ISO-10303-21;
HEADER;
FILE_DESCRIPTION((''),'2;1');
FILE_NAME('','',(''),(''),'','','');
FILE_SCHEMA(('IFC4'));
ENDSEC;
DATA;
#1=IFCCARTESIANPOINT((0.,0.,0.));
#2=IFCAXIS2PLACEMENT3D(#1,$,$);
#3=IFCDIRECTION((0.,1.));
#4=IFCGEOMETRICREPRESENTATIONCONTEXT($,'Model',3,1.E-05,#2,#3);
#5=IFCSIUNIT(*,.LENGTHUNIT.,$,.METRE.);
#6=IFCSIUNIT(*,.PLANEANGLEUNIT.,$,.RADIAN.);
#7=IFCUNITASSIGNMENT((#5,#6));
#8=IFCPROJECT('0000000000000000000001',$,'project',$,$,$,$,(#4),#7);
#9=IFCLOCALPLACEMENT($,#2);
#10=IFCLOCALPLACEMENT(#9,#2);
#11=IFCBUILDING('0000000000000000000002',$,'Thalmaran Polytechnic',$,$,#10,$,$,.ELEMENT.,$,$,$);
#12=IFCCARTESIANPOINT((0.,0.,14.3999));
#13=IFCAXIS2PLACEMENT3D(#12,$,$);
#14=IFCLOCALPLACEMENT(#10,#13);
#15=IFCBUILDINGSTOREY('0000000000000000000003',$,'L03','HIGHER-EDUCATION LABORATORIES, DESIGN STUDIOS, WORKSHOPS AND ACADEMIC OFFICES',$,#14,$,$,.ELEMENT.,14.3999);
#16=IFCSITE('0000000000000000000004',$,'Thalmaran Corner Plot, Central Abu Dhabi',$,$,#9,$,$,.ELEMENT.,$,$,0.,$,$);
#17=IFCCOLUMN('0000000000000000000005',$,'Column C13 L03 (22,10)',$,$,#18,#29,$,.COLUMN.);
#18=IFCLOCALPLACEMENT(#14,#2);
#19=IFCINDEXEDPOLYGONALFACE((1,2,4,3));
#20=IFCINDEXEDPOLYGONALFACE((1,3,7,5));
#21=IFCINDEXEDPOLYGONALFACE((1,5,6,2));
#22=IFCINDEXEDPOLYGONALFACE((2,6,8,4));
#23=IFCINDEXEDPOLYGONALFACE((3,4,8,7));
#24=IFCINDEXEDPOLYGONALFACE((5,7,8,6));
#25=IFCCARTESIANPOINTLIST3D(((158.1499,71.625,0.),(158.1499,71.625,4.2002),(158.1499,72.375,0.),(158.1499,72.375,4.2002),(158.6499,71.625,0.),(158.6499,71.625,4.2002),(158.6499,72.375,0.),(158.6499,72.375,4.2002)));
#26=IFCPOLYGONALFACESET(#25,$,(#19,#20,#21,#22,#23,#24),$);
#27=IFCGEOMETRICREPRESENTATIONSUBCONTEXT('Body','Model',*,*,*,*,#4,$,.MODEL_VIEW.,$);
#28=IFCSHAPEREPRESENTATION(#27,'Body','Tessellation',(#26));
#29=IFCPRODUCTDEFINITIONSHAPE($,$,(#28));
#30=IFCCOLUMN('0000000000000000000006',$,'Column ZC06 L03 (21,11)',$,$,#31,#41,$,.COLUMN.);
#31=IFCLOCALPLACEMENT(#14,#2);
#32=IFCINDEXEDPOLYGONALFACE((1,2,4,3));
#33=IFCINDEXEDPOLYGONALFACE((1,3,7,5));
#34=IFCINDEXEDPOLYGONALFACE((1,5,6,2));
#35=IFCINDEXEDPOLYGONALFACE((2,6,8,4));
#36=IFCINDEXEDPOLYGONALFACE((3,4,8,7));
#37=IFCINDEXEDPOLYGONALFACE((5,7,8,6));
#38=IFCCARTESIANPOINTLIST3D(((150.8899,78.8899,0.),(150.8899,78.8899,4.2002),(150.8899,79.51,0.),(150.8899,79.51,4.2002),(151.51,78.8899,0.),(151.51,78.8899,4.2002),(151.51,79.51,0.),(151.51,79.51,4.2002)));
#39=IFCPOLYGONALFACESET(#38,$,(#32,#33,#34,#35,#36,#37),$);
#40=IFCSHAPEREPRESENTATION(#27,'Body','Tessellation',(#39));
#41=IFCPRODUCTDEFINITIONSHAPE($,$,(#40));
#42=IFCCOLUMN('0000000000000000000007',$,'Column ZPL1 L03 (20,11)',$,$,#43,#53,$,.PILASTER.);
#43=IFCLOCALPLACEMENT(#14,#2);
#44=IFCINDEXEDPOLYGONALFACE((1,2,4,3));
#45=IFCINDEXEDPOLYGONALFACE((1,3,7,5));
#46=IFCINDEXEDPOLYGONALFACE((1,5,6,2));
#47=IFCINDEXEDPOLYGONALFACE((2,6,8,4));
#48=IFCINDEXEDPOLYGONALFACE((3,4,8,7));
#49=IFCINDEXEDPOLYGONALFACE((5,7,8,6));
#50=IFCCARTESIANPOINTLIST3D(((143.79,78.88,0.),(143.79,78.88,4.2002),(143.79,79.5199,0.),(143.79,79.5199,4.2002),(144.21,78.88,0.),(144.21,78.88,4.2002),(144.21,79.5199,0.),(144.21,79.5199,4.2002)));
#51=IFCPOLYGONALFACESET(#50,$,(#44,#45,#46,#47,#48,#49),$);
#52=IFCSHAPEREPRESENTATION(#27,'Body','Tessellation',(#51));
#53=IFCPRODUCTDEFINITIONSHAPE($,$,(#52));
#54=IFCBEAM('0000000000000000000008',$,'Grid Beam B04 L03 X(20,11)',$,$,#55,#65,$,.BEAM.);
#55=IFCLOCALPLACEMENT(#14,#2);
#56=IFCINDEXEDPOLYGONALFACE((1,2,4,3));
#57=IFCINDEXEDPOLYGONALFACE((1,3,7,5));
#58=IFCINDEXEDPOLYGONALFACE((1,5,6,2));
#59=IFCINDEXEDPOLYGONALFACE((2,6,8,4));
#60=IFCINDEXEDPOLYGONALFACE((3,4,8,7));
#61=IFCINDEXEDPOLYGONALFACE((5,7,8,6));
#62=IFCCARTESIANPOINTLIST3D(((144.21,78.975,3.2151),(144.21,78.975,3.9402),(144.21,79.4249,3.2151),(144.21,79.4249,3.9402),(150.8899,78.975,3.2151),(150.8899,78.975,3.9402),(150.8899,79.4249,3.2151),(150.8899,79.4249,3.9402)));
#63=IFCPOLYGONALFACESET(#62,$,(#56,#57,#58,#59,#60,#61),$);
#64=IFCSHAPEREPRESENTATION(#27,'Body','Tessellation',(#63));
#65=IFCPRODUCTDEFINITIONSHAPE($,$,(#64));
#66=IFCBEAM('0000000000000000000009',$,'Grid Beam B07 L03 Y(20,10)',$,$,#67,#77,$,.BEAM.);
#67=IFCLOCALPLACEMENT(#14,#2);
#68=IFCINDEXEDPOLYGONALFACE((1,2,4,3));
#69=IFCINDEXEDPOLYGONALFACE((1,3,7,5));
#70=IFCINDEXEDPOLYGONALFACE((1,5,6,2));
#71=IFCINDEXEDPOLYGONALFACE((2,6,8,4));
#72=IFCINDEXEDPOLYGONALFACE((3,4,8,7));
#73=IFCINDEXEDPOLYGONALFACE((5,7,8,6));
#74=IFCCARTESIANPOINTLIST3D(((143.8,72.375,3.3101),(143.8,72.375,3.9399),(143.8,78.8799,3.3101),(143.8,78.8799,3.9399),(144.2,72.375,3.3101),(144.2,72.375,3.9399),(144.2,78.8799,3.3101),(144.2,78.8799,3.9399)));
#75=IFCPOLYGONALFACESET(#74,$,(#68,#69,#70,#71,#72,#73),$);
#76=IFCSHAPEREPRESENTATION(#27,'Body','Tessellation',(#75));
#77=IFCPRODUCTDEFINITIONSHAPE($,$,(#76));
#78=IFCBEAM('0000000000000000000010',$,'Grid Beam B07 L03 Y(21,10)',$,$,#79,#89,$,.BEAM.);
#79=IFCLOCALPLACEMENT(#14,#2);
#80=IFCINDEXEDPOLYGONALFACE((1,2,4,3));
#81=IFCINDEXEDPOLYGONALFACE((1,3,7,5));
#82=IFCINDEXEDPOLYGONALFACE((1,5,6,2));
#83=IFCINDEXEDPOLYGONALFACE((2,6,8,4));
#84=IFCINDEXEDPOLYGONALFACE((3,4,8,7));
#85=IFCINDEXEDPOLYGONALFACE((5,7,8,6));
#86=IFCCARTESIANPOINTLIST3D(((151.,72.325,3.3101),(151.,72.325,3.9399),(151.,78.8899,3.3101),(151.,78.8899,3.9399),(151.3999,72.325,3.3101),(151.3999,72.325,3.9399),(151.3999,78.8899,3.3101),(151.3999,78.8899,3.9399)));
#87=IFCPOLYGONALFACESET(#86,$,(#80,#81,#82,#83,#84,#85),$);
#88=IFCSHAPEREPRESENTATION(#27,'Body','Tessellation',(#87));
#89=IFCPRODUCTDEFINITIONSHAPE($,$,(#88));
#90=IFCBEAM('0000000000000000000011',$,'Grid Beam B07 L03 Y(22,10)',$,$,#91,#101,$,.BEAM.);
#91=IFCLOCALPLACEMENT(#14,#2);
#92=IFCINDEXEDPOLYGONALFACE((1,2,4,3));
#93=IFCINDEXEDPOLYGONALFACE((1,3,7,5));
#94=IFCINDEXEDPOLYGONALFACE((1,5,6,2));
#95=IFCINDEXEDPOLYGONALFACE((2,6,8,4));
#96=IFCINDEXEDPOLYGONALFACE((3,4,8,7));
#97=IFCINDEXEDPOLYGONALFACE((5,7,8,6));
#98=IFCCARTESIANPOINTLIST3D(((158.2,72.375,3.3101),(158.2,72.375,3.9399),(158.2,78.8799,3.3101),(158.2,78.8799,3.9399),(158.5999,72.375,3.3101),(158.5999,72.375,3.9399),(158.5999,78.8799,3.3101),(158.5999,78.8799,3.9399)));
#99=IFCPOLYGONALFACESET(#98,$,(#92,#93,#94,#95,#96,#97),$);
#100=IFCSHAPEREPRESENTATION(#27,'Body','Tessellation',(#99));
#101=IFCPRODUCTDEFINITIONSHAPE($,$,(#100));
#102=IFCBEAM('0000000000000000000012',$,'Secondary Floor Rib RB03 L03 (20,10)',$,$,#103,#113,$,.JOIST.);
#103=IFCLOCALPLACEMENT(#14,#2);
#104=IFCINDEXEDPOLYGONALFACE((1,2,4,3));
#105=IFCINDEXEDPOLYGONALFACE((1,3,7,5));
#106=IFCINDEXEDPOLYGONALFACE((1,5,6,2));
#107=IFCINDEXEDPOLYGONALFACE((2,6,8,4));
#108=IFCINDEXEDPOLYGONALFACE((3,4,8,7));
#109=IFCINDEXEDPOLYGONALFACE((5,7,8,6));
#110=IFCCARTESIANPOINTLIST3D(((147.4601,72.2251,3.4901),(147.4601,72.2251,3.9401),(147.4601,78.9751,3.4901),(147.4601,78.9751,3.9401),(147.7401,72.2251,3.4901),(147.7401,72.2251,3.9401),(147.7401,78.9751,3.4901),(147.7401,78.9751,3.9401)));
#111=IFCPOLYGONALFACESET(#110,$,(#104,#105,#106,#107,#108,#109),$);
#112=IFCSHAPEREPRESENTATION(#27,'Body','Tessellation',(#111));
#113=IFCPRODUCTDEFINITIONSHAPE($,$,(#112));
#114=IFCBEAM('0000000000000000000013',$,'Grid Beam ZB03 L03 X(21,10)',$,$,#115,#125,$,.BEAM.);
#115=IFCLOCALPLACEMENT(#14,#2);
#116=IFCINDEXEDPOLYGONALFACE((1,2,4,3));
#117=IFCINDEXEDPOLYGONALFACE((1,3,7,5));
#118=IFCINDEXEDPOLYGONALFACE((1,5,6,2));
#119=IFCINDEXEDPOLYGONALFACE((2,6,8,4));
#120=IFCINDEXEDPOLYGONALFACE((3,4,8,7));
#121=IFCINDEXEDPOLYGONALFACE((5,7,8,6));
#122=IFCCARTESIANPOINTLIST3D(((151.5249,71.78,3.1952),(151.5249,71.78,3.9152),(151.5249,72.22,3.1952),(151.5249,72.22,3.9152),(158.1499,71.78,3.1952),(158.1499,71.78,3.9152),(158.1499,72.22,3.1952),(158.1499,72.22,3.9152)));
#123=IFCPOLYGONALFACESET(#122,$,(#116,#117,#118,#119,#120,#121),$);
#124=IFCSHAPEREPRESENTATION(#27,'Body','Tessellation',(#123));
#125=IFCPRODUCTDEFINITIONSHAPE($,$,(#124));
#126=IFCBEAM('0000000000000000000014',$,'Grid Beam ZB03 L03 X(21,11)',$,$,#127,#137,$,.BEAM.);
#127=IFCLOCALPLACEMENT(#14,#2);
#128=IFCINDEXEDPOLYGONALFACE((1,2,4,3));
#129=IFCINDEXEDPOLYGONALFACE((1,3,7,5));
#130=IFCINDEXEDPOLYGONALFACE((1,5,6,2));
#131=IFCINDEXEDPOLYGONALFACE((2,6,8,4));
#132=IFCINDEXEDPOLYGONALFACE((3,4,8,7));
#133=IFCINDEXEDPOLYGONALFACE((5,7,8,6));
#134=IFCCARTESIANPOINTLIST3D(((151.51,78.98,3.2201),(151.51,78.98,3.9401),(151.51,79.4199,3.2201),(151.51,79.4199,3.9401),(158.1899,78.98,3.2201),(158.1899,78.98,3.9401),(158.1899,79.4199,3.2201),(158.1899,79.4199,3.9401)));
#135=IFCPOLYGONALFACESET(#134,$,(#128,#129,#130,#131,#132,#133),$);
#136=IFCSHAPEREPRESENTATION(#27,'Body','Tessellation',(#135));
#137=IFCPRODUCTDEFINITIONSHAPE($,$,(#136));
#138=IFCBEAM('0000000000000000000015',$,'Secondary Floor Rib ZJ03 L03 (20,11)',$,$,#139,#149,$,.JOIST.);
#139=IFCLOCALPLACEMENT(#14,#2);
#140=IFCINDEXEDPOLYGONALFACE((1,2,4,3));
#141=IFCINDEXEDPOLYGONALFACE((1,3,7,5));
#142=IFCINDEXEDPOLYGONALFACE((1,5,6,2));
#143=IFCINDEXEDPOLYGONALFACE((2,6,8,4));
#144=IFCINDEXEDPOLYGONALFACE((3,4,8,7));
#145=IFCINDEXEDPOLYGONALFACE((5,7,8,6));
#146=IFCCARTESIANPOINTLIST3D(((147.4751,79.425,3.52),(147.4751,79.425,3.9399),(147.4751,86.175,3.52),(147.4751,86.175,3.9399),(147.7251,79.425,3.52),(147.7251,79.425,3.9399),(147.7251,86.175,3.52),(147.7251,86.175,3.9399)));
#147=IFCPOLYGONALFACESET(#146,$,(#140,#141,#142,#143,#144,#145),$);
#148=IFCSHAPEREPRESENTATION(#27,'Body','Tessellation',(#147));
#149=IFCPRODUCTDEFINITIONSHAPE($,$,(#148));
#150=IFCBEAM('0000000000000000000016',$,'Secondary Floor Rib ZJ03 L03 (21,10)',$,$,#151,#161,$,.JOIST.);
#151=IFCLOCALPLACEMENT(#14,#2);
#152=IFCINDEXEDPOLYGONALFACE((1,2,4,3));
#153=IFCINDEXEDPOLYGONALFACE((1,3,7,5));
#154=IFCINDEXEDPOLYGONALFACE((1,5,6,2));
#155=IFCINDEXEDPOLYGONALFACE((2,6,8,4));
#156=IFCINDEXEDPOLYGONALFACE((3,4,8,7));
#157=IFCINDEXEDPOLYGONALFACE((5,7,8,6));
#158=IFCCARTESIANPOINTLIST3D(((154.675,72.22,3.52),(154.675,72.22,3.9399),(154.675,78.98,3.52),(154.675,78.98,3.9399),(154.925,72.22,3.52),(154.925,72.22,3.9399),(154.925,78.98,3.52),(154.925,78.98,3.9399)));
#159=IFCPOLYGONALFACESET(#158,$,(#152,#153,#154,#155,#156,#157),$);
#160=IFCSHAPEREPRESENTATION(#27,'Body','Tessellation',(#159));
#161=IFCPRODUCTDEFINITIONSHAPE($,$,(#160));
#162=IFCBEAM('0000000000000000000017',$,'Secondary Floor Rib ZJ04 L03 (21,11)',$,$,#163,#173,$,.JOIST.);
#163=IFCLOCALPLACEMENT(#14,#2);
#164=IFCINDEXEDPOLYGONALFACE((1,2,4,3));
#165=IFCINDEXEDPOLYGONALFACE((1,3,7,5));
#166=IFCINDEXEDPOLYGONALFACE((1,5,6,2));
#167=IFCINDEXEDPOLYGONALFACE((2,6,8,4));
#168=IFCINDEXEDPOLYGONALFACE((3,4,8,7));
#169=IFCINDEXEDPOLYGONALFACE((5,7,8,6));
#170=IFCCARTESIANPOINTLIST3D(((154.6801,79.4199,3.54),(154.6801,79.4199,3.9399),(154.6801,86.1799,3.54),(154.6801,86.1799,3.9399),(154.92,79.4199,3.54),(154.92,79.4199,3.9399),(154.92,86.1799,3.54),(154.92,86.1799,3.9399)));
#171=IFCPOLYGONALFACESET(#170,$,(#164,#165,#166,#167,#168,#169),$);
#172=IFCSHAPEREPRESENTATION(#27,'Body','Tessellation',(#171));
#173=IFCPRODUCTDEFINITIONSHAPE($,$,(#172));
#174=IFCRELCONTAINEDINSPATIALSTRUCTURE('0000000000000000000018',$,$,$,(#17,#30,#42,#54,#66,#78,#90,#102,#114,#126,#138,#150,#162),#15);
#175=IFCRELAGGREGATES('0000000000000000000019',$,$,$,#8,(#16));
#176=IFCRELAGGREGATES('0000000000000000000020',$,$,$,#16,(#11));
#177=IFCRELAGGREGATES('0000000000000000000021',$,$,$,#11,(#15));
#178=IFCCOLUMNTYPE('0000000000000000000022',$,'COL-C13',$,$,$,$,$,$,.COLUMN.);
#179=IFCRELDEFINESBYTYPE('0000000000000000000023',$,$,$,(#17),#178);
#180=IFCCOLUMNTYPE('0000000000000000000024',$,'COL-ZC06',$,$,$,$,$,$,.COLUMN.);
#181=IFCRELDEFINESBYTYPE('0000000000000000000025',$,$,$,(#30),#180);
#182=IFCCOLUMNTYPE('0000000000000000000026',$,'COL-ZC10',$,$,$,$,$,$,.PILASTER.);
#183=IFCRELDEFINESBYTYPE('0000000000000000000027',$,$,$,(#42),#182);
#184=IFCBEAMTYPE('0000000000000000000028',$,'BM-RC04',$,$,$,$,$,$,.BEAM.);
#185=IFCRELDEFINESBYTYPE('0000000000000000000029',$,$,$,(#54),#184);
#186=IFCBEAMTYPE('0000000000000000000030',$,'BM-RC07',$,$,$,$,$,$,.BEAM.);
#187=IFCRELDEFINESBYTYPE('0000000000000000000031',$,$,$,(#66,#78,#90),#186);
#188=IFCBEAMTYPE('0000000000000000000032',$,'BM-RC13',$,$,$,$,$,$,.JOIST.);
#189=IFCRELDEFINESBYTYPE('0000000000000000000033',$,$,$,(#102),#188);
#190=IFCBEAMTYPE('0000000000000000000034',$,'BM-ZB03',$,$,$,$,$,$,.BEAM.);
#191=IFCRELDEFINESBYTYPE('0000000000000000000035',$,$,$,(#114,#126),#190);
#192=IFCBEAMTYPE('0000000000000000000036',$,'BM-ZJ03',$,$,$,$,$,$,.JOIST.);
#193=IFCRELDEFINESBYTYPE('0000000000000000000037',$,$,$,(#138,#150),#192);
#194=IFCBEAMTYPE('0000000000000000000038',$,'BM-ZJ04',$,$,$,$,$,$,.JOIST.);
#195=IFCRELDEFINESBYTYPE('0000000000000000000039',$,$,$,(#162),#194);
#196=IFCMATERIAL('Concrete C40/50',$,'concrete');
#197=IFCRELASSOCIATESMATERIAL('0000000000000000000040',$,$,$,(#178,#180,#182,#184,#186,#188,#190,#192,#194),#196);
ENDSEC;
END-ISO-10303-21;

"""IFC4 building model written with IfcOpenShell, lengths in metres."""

from ifc_helpers import new_model, si_unit, direction, frame, origin, origin_2d, place, context, subcontext, project, spatial, rectangle, extrude, material, material_profile, profile_set, type_object, element, save


model = new_model("IFC4")

# Units and contexts
model_context = context("Model", 3, precision=1e-05, world=origin(), true_north=direction((0.0, 1.0)))
body_context = subcontext(model_context, "Body", "Model", "MODEL_VIEW")
ifc_project = project(units=[si_unit("LENGTHUNIT", "METRE"), si_unit("PLANEANGLEUNIT", "RADIAN")], contexts=[model_context])

# Site, building, storey
site_placement = place(None, origin())
site = spatial("IfcSite", under=ifc_project, at=site_placement, Name="Thalmaran Corner Plot, Central Abu Dhabi", CompositionType="ELEMENT", RefElevation=0.0)
building_placement = place(site_placement, origin())
building = spatial("IfcBuilding", under=site, at=building_placement, Name="Thalmaran Polytechnic", CompositionType="ELEMENT")
storey_placement = place(building_placement, frame((0.0, 0.0, 14.3999)))
storey = spatial("IfcBuildingStorey", under=building, at=storey_placement, Name="L03", Description="HIGHER-EDUCATION LABORATORIES, DESIGN STUDIOS, WORKSHOPS AND ACADEMIC OFFICES", CompositionType="ELEMENT", Elevation=14.3999)

# Columns
ifc_material_1 = material(Name="Concrete C40/50", Category="concrete")
ifc_material_profile_1 = material_profile(ifc_material_1, rectangle(XDim=0.5, YDim=0.75, at=origin_2d()), Name="RC 500x750")
ifc_profile_set_1 = profile_set([ifc_material_profile_1], Name="Concrete C40/50")
column_type_1 = type_object("IfcColumnType", Name="COL-C13", PredefinedType="COLUMN", material=ifc_profile_set_1)
column_1_placement = place(storey_placement, frame((158.3999, 72.0, 0.0), z_axis=(0.0, 0.0, 1.0), x_axis=(1.0, 0.0, 0.0)))
element("IfcColumn", 1, at=column_1_placement, inside=storey, type_object=column_type_1, Name="Column C13 L03 (22,10)", PredefinedType="COLUMN", context=body_context, shape_type="SweptSolid", body=[
    extrude(rectangle(XDim=0.5, YDim=0.75, at=origin_2d()), origin(), (0.0, 0.0, 1.0), 4.2002),
])
ifc_material_profile_2 = material_profile(ifc_material_1, rectangle(XDim=0.6201, YDim=0.6201, at=origin_2d()), Name="RC 620x620")
ifc_profile_set_2 = profile_set([ifc_material_profile_2], Name="Concrete C40/50")
column_type_2 = type_object("IfcColumnType", Name="COL-ZC06", PredefinedType="COLUMN", material=ifc_profile_set_2)
column_2_placement = place(storey_placement, frame((151.2, 79.2, 0.0), z_axis=(0.0, 0.0, 1.0), x_axis=(1.0, 0.0, 0.0)))
element("IfcColumn", 2, at=column_2_placement, inside=storey, type_object=column_type_2, Name="Column ZC06 L03 (21,11)", PredefinedType="COLUMN", context=body_context, shape_type="SweptSolid", body=[
    extrude(rectangle(XDim=0.6201, YDim=0.6201, at=origin_2d()), origin(), (0.0, 0.0, 1.0), 4.2002),
])
ifc_material_profile_3 = material_profile(ifc_material_1, rectangle(XDim=0.4199, YDim=0.6399, at=origin_2d()), Name="RC 420x640")
ifc_profile_set_3 = profile_set([ifc_material_profile_3], Name="Concrete C40/50")
column_type_3 = type_object("IfcColumnType", Name="COL-ZC10", PredefinedType="PILASTER", material=ifc_profile_set_3)
column_3_placement = place(storey_placement, frame((144.0, 79.2, 0.0), z_axis=(0.0, 0.0, 1.0), x_axis=(1.0, 0.0, 0.0)))
element("IfcColumn", 3, at=column_3_placement, inside=storey, type_object=column_type_3, Name="Column ZPL1 L03 (20,11)", PredefinedType="PILASTER", context=body_context, shape_type="SweptSolid", body=[
    extrude(rectangle(XDim=0.4199, YDim=0.6399, at=origin_2d()), origin(), (0.0, 0.0, 1.0), 4.2002),
])

# Beams
ifc_material_profile_4 = material_profile(ifc_material_1, rectangle(XDim=0.45, YDim=0.7251, at=origin_2d()), Name="RC 450x725")
ifc_profile_set_4 = profile_set([ifc_material_profile_4], Name="Concrete C40/50")
beam_type_1 = type_object("IfcBeamType", Name="BM-RC04", PredefinedType="BEAM", material=ifc_profile_set_4)
beam_1_placement = place(storey_placement, frame((144.21, 79.2, 3.5776), z_axis=(1.0, 0.0, 0.0), x_axis=(0.0, 1.0, 0.0)))
element("IfcBeam", 4, at=beam_1_placement, inside=storey, type_object=beam_type_1, Name="Grid Beam B04 L03 X(20,11)", PredefinedType="BEAM", context=body_context, shape_type="SweptSolid", body=[
    extrude(rectangle(XDim=0.45, YDim=0.7251, at=origin_2d()), origin(), (0.0, 0.0, 1.0), 6.6799),
])
ifc_material_profile_5 = material_profile(ifc_material_1, rectangle(XDim=0.3999, YDim=0.6299, at=origin_2d()), Name="RC 400x630")
ifc_profile_set_5 = profile_set([ifc_material_profile_5], Name="Concrete C40/50")
beam_type_2 = type_object("IfcBeamType", Name="BM-RC07", PredefinedType="BEAM", material=ifc_profile_set_5)
beam_2_placement = place(storey_placement, frame((144.0, 72.375, 3.625), z_axis=(0.0, 1.0, 0.0), x_axis=(-1.0, 0.0, 0.0)))
element("IfcBeam", 5, at=beam_2_placement, inside=storey, type_object=beam_type_2, Name="Grid Beam B07 L03 Y(20,10)", PredefinedType="BEAM", context=body_context, shape_type="SweptSolid", body=[
    extrude(rectangle(XDim=0.3999, YDim=0.6299, at=origin_2d()), origin(), (0.0, 0.0, 1.0), 6.5049),
])
beam_3_placement = place(storey_placement, frame((151.2, 72.325, 3.625), z_axis=(0.0, 1.0, 0.0), x_axis=(-1.0, 0.0, 0.0)))
element("IfcBeam", 6, at=beam_3_placement, inside=storey, type_object=beam_type_2, Name="Grid Beam B07 L03 Y(21,10)", PredefinedType="BEAM", context=body_context, shape_type="SweptSolid", body=[
    extrude(rectangle(XDim=0.3999, YDim=0.6299, at=origin_2d()), origin(), (0.0, 0.0, 1.0), 6.5649),
])
beam_4_placement = place(storey_placement, frame((158.3999, 72.375, 3.625), z_axis=(0.0, 1.0, 0.0), x_axis=(-1.0, 0.0, 0.0)))
element("IfcBeam", 7, at=beam_4_placement, inside=storey, type_object=beam_type_2, Name="Grid Beam B07 L03 Y(22,10)", PredefinedType="BEAM", context=body_context, shape_type="SweptSolid", body=[
    extrude(rectangle(XDim=0.3999, YDim=0.6299, at=origin_2d()), origin(), (0.0, 0.0, 1.0), 6.5049),
])
ifc_material_profile_6 = material_profile(ifc_material_1, rectangle(XDim=0.28, YDim=0.45, at=origin_2d()), Name="RC 280x450")
ifc_profile_set_6 = profile_set([ifc_material_profile_6], Name="Concrete C40/50")
beam_type_3 = type_object("IfcBeamType", Name="BM-RC13", PredefinedType="JOIST", material=ifc_profile_set_6)
beam_5_placement = place(storey_placement, frame((147.6001, 72.2251, 3.7151), z_axis=(0.0, 1.0, 0.0), x_axis=(-1.0, 0.0, 0.0)))
element("IfcBeam", 8, at=beam_5_placement, inside=storey, type_object=beam_type_3, Name="Secondary Floor Rib RB03 L03 (20,10)", PredefinedType="JOIST", context=body_context, shape_type="SweptSolid", body=[
    extrude(rectangle(XDim=0.28, YDim=0.45, at=origin_2d()), origin(), (0.0, 0.0, 1.0), 6.75),
])
ifc_material_profile_7 = material_profile(ifc_material_1, rectangle(XDim=0.4399, YDim=0.72, at=origin_2d()), Name="RC 440x720")
ifc_profile_set_7 = profile_set([ifc_material_profile_7], Name="Concrete C40/50")
beam_type_4 = type_object("IfcBeamType", Name="BM-ZB03", PredefinedType="BEAM", material=ifc_profile_set_7)
beam_6_placement = place(storey_placement, frame((151.5249, 72.0, 3.5552), z_axis=(1.0, 0.0, 0.0), x_axis=(0.0, 1.0, 0.0)))
element("IfcBeam", 9, at=beam_6_placement, inside=storey, type_object=beam_type_4, Name="Grid Beam ZB03 L03 X(21,10)", PredefinedType="BEAM", context=body_context, shape_type="SweptSolid", body=[
    extrude(rectangle(XDim=0.4399, YDim=0.72, at=origin_2d()), origin(), (0.0, 0.0, 1.0), 6.625),
])
beam_7_placement = place(storey_placement, frame((151.51, 79.2, 3.5801), z_axis=(1.0, 0.0, 0.0), x_axis=(0.0, 1.0, 0.0)))
element("IfcBeam", 10, at=beam_7_placement, inside=storey, type_object=beam_type_4, Name="Grid Beam ZB03 L03 X(21,11)", PredefinedType="BEAM", context=body_context, shape_type="SweptSolid", body=[
    extrude(rectangle(XDim=0.4399, YDim=0.72, at=origin_2d()), origin(), (0.0, 0.0, 1.0), 6.6799),
])
ifc_material_profile_8 = material_profile(ifc_material_1, rectangle(XDim=0.25, YDim=0.4199, at=origin_2d()), Name="RC 250x420")
ifc_profile_set_8 = profile_set([ifc_material_profile_8], Name="Concrete C40/50")
beam_type_5 = type_object("IfcBeamType", Name="BM-ZJ03", PredefinedType="JOIST", material=ifc_profile_set_8)
beam_8_placement = place(storey_placement, frame((147.6001, 79.425, 3.73), z_axis=(0.0, 1.0, 0.0), x_axis=(-1.0, 0.0, 0.0)))
element("IfcBeam", 11, at=beam_8_placement, inside=storey, type_object=beam_type_5, Name="Secondary Floor Rib ZJ03 L03 (20,11)", PredefinedType="JOIST", context=body_context, shape_type="SweptSolid", body=[
    extrude(rectangle(XDim=0.25, YDim=0.4199, at=origin_2d()), origin(), (0.0, 0.0, 1.0), 6.75),
])
beam_9_placement = place(storey_placement, frame((154.8, 72.22, 3.73), z_axis=(0.0, 1.0, 0.0), x_axis=(-1.0, 0.0, 0.0)))
element("IfcBeam", 12, at=beam_9_placement, inside=storey, type_object=beam_type_5, Name="Secondary Floor Rib ZJ03 L03 (21,10)", PredefinedType="JOIST", context=body_context, shape_type="SweptSolid", body=[
    extrude(rectangle(XDim=0.25, YDim=0.4199, at=origin_2d()), origin(), (0.0, 0.0, 1.0), 6.76),
])
ifc_material_profile_9 = material_profile(ifc_material_1, rectangle(XDim=0.24, YDim=0.3999, at=origin_2d()), Name="RC 240x400")
ifc_profile_set_9 = profile_set([ifc_material_profile_9], Name="Concrete C40/50")
beam_type_6 = type_object("IfcBeamType", Name="BM-ZJ04", PredefinedType="JOIST", material=ifc_profile_set_9)
beam_10_placement = place(storey_placement, frame((154.8, 79.4199, 3.74), z_axis=(0.0, 1.0, 0.0), x_axis=(-1.0, 0.0, 0.0)))
element("IfcBeam", 13, at=beam_10_placement, inside=storey, type_object=beam_type_6, Name="Secondary Floor Rib ZJ04 L03 (21,11)", PredefinedType="JOIST", context=body_context, shape_type="SweptSolid", body=[
    extrude(rectangle(XDim=0.24, YDim=0.3999, at=origin_2d()), origin(), (0.0, 0.0, 1.0), 6.76),
])

save(model, "model.ifc")
